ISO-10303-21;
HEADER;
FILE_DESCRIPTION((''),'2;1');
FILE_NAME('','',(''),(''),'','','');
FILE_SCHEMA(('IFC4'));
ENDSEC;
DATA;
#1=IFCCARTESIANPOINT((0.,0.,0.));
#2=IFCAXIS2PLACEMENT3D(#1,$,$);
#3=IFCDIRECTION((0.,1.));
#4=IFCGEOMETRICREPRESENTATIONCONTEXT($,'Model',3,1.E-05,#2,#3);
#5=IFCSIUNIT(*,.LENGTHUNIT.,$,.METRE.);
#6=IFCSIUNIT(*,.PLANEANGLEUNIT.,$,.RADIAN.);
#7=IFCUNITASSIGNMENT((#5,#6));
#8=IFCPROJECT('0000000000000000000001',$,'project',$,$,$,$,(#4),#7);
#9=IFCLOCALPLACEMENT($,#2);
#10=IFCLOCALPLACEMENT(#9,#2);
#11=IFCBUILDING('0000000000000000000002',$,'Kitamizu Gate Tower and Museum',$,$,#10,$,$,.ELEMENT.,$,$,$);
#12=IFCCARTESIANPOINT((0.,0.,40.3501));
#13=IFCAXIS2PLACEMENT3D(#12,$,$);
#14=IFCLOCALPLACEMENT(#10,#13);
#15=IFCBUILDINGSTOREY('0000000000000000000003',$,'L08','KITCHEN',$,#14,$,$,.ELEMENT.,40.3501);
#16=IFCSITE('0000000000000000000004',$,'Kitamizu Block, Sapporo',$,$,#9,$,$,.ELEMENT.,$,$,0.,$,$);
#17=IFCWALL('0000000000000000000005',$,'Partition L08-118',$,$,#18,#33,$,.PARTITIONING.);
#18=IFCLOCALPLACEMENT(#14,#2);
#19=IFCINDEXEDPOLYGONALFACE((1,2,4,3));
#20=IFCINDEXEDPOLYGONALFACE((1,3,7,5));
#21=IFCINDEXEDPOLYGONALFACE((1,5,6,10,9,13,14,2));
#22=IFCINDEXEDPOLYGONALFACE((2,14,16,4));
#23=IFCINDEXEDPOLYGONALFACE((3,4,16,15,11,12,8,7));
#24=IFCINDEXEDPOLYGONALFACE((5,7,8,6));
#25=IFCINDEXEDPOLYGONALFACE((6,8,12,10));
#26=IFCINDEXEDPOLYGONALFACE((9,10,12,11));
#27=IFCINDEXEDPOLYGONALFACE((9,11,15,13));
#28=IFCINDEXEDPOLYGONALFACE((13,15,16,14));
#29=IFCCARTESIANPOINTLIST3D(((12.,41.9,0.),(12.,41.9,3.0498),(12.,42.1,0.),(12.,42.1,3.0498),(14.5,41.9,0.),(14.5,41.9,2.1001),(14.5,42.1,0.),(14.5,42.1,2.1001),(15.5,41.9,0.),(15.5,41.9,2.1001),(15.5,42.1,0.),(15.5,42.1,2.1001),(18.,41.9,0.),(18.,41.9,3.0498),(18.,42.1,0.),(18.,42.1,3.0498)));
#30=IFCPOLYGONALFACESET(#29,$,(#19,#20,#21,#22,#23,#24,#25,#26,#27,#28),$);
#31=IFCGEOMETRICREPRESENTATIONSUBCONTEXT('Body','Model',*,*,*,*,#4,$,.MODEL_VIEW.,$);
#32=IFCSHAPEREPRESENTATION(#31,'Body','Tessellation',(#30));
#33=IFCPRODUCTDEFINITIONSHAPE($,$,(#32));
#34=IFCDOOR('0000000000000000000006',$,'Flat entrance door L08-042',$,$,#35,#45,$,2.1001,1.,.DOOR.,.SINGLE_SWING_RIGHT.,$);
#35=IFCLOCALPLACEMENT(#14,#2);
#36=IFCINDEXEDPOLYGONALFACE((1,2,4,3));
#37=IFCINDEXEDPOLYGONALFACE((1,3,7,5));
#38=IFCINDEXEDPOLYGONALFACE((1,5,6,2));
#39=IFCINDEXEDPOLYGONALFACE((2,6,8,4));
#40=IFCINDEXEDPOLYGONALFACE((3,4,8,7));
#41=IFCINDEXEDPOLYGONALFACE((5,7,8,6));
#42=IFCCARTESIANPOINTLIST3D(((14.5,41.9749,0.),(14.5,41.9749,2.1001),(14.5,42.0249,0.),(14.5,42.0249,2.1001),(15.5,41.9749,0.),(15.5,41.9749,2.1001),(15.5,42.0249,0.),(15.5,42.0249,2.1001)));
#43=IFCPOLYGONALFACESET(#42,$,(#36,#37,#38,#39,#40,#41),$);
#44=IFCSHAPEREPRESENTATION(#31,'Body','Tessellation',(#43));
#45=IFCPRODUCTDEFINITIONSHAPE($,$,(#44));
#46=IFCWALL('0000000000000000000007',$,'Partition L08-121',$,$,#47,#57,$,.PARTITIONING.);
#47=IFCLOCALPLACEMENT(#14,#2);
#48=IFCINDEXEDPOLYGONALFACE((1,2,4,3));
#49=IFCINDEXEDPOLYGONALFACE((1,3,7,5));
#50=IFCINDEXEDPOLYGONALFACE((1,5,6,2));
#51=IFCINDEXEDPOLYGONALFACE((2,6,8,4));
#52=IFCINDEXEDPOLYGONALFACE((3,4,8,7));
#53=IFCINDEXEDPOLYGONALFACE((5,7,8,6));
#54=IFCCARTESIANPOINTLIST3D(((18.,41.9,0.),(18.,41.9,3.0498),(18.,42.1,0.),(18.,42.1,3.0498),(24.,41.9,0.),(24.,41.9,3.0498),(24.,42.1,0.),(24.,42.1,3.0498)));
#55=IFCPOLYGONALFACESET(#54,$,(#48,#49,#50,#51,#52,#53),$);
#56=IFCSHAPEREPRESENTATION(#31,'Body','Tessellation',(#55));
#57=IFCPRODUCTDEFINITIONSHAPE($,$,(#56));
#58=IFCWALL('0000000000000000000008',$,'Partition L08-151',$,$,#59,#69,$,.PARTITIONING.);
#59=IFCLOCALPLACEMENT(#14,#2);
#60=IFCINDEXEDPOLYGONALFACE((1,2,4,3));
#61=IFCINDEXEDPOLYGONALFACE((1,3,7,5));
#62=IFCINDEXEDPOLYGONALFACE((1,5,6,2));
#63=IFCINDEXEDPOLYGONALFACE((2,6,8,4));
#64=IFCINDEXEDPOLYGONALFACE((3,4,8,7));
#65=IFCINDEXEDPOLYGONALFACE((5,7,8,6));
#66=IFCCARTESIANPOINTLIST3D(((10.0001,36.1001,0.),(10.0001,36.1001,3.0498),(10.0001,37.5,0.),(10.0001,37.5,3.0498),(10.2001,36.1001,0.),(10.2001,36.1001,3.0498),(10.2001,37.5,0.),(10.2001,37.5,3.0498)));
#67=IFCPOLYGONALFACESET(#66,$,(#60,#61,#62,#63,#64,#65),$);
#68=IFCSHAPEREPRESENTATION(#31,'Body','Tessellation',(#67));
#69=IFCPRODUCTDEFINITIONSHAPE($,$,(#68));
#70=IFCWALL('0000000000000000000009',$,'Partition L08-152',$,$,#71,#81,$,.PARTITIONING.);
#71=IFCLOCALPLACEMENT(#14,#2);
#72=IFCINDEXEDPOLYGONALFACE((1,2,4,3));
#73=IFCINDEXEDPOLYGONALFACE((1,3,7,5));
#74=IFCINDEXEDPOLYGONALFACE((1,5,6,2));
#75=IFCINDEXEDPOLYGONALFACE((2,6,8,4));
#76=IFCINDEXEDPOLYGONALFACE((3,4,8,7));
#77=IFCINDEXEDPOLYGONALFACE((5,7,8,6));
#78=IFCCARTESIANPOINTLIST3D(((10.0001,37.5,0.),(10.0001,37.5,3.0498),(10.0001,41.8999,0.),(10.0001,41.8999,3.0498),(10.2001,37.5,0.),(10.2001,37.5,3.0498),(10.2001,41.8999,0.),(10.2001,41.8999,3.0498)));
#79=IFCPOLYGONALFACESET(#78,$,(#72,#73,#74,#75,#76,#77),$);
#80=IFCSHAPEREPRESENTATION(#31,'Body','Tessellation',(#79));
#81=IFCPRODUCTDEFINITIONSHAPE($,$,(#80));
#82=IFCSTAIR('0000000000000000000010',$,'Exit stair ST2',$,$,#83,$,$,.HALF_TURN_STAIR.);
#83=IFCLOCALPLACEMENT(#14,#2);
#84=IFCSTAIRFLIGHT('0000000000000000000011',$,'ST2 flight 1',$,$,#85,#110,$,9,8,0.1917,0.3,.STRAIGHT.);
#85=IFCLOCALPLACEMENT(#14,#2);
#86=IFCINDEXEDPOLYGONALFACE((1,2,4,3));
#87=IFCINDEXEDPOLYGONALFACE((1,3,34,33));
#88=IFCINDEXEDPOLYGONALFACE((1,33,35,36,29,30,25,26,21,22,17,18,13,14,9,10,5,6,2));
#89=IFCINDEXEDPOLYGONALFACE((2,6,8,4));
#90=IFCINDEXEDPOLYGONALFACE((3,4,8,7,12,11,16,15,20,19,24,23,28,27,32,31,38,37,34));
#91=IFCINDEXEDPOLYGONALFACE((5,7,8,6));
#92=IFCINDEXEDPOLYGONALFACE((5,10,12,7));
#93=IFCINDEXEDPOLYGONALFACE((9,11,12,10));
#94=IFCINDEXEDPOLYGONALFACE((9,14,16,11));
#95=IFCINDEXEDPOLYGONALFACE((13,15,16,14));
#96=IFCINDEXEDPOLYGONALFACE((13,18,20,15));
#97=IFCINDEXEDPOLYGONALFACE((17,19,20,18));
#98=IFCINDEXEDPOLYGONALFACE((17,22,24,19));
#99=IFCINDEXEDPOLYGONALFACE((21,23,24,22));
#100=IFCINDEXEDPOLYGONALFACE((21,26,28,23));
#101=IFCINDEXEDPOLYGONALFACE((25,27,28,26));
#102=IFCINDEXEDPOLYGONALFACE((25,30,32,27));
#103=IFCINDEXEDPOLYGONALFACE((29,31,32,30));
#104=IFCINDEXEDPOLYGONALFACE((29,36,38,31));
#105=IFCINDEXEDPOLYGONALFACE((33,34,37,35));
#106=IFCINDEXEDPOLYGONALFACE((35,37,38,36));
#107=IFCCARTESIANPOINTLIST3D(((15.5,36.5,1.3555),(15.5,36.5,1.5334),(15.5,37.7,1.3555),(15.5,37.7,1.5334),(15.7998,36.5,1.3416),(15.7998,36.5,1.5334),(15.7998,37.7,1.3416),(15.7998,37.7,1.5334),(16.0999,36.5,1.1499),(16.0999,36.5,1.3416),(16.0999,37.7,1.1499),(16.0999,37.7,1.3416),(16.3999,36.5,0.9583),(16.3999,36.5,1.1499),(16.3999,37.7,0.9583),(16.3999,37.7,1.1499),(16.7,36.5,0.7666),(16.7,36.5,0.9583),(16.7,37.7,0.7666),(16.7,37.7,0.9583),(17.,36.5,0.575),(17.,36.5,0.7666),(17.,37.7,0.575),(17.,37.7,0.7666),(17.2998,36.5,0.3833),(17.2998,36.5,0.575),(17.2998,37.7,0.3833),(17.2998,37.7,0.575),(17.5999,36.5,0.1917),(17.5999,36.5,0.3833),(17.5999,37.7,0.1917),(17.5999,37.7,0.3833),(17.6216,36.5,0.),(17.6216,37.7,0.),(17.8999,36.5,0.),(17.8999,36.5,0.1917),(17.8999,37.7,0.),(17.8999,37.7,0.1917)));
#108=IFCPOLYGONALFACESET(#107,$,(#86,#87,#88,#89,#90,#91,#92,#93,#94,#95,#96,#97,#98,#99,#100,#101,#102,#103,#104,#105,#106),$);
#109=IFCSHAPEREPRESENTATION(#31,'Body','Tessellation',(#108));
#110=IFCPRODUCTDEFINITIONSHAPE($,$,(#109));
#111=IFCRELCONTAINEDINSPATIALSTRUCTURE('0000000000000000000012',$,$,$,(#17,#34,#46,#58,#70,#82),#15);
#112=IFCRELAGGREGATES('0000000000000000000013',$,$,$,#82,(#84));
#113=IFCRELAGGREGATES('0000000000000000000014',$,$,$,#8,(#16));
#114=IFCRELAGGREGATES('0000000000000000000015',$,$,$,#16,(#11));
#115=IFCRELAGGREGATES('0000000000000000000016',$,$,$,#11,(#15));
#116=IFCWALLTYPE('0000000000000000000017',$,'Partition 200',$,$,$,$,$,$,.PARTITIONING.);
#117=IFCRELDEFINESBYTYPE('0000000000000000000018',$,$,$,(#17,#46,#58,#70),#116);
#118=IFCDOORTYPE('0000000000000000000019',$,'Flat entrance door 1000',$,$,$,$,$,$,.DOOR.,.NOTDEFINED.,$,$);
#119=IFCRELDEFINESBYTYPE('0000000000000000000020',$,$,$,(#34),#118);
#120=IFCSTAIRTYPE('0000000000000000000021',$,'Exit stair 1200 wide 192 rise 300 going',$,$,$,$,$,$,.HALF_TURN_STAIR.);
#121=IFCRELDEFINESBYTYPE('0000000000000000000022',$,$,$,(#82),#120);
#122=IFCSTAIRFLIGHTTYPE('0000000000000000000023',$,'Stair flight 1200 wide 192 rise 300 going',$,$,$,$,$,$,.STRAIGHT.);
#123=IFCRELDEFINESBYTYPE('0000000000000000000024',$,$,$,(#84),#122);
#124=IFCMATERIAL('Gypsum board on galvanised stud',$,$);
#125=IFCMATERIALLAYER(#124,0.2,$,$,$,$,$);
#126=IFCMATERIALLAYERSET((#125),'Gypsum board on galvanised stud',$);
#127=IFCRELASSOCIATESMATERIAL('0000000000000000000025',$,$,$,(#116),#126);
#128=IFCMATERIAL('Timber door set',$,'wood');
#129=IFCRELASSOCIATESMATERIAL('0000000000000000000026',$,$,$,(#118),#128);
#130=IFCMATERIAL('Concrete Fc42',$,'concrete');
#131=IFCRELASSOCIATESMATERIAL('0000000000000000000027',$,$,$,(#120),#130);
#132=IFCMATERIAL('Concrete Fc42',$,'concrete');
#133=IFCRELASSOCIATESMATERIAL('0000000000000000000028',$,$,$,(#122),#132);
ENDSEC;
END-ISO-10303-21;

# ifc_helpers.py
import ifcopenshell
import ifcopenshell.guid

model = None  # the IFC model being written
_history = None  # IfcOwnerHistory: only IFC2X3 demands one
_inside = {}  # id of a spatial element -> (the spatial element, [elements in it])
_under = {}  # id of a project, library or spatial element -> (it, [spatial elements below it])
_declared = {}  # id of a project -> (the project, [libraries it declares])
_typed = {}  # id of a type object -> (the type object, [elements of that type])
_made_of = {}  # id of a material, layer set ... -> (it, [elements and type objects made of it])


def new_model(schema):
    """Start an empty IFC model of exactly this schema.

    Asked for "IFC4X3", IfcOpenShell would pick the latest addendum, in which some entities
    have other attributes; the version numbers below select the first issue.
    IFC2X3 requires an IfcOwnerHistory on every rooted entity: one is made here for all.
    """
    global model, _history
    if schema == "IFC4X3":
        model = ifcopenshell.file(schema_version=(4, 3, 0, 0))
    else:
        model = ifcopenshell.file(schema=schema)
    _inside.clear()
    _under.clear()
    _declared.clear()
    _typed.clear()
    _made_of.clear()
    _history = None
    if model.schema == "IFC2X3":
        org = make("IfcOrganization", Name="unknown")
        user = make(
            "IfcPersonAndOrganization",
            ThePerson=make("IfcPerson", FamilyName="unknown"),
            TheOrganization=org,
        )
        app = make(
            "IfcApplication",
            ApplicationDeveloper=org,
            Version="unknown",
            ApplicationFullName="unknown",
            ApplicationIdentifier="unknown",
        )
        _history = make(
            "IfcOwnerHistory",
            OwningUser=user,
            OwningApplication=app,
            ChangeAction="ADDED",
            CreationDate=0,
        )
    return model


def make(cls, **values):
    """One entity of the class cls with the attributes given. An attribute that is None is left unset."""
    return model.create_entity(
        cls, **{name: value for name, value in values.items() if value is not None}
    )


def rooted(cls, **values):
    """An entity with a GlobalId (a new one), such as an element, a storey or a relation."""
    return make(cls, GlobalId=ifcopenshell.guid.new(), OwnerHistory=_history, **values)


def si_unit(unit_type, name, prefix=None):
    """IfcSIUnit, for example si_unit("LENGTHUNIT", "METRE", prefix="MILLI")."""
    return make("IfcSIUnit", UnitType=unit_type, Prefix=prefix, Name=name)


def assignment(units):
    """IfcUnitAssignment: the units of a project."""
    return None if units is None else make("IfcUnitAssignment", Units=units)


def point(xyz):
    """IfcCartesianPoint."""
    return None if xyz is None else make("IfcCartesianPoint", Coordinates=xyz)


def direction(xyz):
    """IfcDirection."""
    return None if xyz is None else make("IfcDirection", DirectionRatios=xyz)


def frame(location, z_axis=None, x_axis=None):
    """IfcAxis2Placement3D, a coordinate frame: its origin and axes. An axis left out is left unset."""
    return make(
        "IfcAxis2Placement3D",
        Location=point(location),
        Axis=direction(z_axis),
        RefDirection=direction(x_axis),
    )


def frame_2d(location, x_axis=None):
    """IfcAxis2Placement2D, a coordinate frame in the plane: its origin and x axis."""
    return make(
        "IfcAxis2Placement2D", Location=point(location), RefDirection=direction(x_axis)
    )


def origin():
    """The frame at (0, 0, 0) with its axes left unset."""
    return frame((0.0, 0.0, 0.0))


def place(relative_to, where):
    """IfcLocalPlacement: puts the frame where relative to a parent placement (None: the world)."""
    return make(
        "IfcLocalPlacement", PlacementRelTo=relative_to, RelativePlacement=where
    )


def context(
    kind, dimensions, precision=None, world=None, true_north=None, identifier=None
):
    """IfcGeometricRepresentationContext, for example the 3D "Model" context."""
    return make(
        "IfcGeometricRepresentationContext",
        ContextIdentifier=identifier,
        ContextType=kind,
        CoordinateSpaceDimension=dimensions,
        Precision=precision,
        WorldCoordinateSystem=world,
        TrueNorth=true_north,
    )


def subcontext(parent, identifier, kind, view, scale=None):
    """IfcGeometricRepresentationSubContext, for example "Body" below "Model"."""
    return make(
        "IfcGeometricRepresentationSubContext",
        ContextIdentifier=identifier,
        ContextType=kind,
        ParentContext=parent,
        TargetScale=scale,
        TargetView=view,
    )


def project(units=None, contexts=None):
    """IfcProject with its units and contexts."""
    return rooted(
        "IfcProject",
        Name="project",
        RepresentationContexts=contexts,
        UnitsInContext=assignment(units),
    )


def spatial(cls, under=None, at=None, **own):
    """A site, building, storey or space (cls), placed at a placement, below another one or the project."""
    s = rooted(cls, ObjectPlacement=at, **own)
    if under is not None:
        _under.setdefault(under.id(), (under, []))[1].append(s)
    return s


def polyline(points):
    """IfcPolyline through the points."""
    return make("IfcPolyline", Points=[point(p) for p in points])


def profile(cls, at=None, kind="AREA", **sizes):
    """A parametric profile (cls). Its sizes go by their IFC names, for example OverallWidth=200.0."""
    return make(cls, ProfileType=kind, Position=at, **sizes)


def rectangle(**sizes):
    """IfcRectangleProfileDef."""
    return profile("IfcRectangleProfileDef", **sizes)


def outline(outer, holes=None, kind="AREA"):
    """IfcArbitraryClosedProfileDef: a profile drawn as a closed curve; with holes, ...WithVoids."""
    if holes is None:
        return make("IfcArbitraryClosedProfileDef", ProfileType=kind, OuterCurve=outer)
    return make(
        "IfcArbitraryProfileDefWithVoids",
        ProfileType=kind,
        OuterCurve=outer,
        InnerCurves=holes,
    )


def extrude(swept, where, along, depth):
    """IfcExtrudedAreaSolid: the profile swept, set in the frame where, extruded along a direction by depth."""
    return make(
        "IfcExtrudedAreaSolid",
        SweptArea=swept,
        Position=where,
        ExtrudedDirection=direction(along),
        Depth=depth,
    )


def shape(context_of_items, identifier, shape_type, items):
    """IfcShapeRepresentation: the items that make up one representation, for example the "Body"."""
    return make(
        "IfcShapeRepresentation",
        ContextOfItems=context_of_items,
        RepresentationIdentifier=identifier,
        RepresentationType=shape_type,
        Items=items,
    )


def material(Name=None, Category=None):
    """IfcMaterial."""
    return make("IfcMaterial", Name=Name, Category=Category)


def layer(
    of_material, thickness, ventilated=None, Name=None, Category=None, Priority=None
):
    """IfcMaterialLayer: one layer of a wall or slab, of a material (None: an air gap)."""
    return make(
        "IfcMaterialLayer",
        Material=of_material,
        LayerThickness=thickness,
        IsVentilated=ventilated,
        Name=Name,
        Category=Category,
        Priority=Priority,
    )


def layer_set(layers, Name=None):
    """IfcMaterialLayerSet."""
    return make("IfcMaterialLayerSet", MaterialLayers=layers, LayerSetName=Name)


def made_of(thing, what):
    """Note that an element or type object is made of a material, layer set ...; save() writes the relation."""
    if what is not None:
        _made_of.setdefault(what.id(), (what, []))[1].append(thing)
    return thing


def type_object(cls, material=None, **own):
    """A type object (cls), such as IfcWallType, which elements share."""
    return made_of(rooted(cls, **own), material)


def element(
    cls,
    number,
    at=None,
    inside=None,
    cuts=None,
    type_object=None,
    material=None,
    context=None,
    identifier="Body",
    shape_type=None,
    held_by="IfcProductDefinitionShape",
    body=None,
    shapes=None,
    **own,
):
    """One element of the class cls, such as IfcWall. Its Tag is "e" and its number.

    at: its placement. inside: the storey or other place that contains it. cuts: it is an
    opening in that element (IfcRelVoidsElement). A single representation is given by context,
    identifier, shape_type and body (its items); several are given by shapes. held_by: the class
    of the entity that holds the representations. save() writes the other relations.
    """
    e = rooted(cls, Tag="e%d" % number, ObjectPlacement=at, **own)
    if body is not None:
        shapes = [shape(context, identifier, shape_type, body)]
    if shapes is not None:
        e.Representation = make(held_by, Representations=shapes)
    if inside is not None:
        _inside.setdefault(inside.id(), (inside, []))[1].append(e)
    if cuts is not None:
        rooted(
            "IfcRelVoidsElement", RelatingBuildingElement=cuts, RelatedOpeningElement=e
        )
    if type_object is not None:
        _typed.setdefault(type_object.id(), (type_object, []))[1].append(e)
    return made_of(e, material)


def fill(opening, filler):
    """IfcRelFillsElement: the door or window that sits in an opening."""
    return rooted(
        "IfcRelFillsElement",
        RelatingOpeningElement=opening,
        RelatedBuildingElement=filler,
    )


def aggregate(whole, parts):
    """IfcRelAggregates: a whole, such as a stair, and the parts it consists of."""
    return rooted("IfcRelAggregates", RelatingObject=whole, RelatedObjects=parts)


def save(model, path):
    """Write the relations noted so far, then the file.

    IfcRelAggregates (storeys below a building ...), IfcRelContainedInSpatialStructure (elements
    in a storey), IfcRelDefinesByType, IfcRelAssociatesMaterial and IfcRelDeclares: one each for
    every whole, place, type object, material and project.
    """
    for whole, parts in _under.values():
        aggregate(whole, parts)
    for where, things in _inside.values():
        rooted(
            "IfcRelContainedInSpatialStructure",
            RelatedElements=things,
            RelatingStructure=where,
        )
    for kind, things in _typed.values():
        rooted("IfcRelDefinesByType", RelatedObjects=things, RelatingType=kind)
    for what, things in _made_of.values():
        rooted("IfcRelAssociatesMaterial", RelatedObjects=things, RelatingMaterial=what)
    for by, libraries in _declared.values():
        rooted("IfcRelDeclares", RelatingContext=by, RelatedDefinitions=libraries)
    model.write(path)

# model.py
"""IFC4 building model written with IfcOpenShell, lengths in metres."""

from ifc_helpers import new_model, si_unit, direction, frame, frame_2d, origin, place, context, subcontext, project, spatial, polyline, rectangle, outline, extrude, material, layer, layer_set, type_object, element, fill, aggregate, save


model = new_model("IFC4")

# Units and contexts
model_context = context("Model", 3, precision=1e-05, world=origin(), true_north=direction((0.0, 1.0)))
body_context = subcontext(model_context, "Body", "Model", "MODEL_VIEW")
ifc_project = project(units=[si_unit("LENGTHUNIT", "METRE"), si_unit("PLANEANGLEUNIT", "RADIAN")], contexts=[model_context])

# Site, building, storey
site_placement = place(None, origin())
site = spatial("IfcSite", under=ifc_project, at=site_placement, Name="Kitamizu Block, Sapporo", CompositionType="ELEMENT", RefElevation=0.0)
building_placement = place(site_placement, origin())
building = spatial("IfcBuilding", under=site, at=building_placement, Name="Kitamizu Gate Tower and Museum", CompositionType="ELEMENT")
storey_placement = place(building_placement, frame((0.0, 0.0, 40.3501)))
storey = spatial("IfcBuildingStorey", under=building, at=storey_placement, Name="L08", Description="KITCHEN", CompositionType="ELEMENT", Elevation=40.3501)

# Shared definitions
ifc_material_1 = material(Name="Gypsum board on galvanised stud")
ifc_layer_1 = layer(ifc_material_1, 0.2)
ifc_layer_set_1 = layer_set([ifc_layer_1], Name="Gypsum board on galvanised stud")
wall_type_1 = type_object("IfcWallType", Name="Partition 200", PredefinedType="PARTITIONING", material=ifc_layer_set_1)

# Wall, opening, door
wall_1_placement = place(storey_placement, frame((12.0, 42.0, 0.0), z_axis=(0.0, 0.0, 1.0), x_axis=(1.0, 0.0, 0.0)))
wall_1 = element("IfcWall", 1, at=wall_1_placement, inside=storey, type_object=wall_type_1, Name="Partition L08-118", PredefinedType="PARTITIONING", context=body_context, shape_type="SweptSolid", body=[
    extrude(rectangle(XDim=6.0, YDim=0.2, at=frame_2d((3.0, 0.0))), origin(), (0.0, 0.0, 1.0), 3.0498),
])
opening_1_placement = place(wall_1_placement, frame((2.5, 0.0, 0.0)))
opening_1 = element("IfcOpeningElement", 2, at=opening_1_placement, cuts=wall_1, PredefinedType="OPENING", context=body_context, shape_type="SweptSolid", body=[
    extrude(rectangle(XDim=1.0, YDim=2.1001, at=frame_2d((0.5, 1.05))), frame((0.0, 0.1099, 0.0), z_axis=(0.0, -1.0, 0.0), x_axis=(1.0, 0.0, 0.0)), (0.0, 0.0, 1.0), 0.22),
])
ifc_material_2 = material(Name="Timber door set", Category="wood")
door_type_1 = type_object("IfcDoorType", Name="Flat entrance door 1000", OperationType="NOTDEFINED", PredefinedType="DOOR", material=ifc_material_2)
door_1_placement = place(opening_1_placement, origin())
door_1 = element("IfcDoor", 3, at=door_1_placement, inside=storey, type_object=door_type_1, Name="Flat entrance door L08-042", OperationType="SINGLE_SWING_RIGHT", OverallHeight=2.1001, OverallWidth=1.0, PredefinedType="DOOR", context=body_context, shape_type="SweptSolid", body=[
    extrude(rectangle(XDim=1.0, YDim=2.1001, at=frame_2d((0.5, 1.05))), frame((0.0, 0.0249, 0.0), z_axis=(0.0, -1.0, 0.0), x_axis=(1.0, 0.0, 0.0)), (0.0, 0.0, 1.0), 0.05),
])
fill(opening_1, door_1)

# Walls
wall_2_placement = place(storey_placement, frame((18.0, 42.0, 0.0), z_axis=(0.0, 0.0, 1.0), x_axis=(1.0, 0.0, 0.0)))
element("IfcWall", 4, at=wall_2_placement, inside=storey, type_object=wall_type_1, Name="Partition L08-121", PredefinedType="PARTITIONING", context=body_context, shape_type="SweptSolid", body=[
    extrude(rectangle(XDim=6.0, YDim=0.2, at=frame_2d((3.0, 0.0))), origin(), (0.0, 0.0, 1.0), 3.0498),
])
wall_3_placement = place(storey_placement, frame((10.1001, 36.1001, 0.0), z_axis=(0.0, 0.0, 1.0), x_axis=(0.0, 1.0, 0.0)))
element("IfcWall", 5, at=wall_3_placement, inside=storey, type_object=wall_type_1, Name="Partition L08-151", PredefinedType="PARTITIONING", context=body_context, shape_type="SweptSolid", body=[
    extrude(rectangle(XDim=1.3999, YDim=0.2, at=frame_2d((0.7, 0.0))), origin(), (0.0, 0.0, 1.0), 3.0498),
])
wall_4_placement = place(storey_placement, frame((10.1001, 37.5, 0.0), z_axis=(0.0, 0.0, 1.0), x_axis=(0.0, 1.0, 0.0)))
element("IfcWall", 6, at=wall_4_placement, inside=storey, type_object=wall_type_1, Name="Partition L08-152", PredefinedType="PARTITIONING", context=body_context, shape_type="SweptSolid", body=[
    extrude(rectangle(XDim=4.3999, YDim=0.2, at=frame_2d((2.2, 0.0))), origin(), (0.0, 0.0, 1.0), 3.0498),
])

# Stair, stair flight
ifc_material_3 = material(Name="Concrete Fc42", Category="concrete")
stair_type = type_object("IfcStairType", Name="Exit stair 1200 wide 192 rise 300 going", PredefinedType="HALF_TURN_STAIR", material=ifc_material_3)
stair_placement = place(storey_placement, origin())
stair = element("IfcStair", 7, at=stair_placement, inside=storey, type_object=stair_type, Name="Exit stair ST2", PredefinedType="HALF_TURN_STAIR")
ifc_material_4 = material(Name="Concrete Fc42", Category="concrete")
stair_flight_type = type_object("IfcStairFlightType", Name="Stair flight 1200 wide 192 rise 300 going", PredefinedType="STRAIGHT", material=ifc_material_4)
stair_flight_placement = place(storey_placement, frame((17.8999, 37.1001, 0.0), z_axis=(0.0, 0.0, 1.0), x_axis=(-1.0, 0.0, 0.0)))
stair_flight = element("IfcStairFlight", 8, at=stair_flight_placement, type_object=stair_flight_type, Name="ST2 flight 1", NumberOfRisers=9, NumberOfTreads=8, PredefinedType="STRAIGHT", RiserHeight=0.1917, TreadLength=0.3, context=body_context, shape_type="SweptSolid", body=[
    extrude(outline(polyline([(0.0, 0.0), (0.0, 0.1917), (0.3, 0.1917), (0.3, 0.3833), (0.6001, 0.3833), (0.6001, 0.575), (0.8999, 0.575), (0.8999, 0.7666), (1.2, 0.7666), (1.2, 0.9583), (1.5, 0.9583), (1.5, 1.1499), (1.8, 1.1499), (1.8, 1.3416), (2.1001, 1.3416), (2.1001, 1.5334), (2.3999, 1.5334), (2.3999, 1.7251), (2.3999, 1.3555), (0.2783, 0.0), (0.0, 0.0)])), frame((0.0, 0.6001, 0.0), z_axis=(0.0, -1.0, 0.0), x_axis=(1.0, 0.0, 0.0)), (0.0, 0.0, 1.0), 1.2),
])
aggregate(stair, [stair_flight])

save(model, "model.ifc")
